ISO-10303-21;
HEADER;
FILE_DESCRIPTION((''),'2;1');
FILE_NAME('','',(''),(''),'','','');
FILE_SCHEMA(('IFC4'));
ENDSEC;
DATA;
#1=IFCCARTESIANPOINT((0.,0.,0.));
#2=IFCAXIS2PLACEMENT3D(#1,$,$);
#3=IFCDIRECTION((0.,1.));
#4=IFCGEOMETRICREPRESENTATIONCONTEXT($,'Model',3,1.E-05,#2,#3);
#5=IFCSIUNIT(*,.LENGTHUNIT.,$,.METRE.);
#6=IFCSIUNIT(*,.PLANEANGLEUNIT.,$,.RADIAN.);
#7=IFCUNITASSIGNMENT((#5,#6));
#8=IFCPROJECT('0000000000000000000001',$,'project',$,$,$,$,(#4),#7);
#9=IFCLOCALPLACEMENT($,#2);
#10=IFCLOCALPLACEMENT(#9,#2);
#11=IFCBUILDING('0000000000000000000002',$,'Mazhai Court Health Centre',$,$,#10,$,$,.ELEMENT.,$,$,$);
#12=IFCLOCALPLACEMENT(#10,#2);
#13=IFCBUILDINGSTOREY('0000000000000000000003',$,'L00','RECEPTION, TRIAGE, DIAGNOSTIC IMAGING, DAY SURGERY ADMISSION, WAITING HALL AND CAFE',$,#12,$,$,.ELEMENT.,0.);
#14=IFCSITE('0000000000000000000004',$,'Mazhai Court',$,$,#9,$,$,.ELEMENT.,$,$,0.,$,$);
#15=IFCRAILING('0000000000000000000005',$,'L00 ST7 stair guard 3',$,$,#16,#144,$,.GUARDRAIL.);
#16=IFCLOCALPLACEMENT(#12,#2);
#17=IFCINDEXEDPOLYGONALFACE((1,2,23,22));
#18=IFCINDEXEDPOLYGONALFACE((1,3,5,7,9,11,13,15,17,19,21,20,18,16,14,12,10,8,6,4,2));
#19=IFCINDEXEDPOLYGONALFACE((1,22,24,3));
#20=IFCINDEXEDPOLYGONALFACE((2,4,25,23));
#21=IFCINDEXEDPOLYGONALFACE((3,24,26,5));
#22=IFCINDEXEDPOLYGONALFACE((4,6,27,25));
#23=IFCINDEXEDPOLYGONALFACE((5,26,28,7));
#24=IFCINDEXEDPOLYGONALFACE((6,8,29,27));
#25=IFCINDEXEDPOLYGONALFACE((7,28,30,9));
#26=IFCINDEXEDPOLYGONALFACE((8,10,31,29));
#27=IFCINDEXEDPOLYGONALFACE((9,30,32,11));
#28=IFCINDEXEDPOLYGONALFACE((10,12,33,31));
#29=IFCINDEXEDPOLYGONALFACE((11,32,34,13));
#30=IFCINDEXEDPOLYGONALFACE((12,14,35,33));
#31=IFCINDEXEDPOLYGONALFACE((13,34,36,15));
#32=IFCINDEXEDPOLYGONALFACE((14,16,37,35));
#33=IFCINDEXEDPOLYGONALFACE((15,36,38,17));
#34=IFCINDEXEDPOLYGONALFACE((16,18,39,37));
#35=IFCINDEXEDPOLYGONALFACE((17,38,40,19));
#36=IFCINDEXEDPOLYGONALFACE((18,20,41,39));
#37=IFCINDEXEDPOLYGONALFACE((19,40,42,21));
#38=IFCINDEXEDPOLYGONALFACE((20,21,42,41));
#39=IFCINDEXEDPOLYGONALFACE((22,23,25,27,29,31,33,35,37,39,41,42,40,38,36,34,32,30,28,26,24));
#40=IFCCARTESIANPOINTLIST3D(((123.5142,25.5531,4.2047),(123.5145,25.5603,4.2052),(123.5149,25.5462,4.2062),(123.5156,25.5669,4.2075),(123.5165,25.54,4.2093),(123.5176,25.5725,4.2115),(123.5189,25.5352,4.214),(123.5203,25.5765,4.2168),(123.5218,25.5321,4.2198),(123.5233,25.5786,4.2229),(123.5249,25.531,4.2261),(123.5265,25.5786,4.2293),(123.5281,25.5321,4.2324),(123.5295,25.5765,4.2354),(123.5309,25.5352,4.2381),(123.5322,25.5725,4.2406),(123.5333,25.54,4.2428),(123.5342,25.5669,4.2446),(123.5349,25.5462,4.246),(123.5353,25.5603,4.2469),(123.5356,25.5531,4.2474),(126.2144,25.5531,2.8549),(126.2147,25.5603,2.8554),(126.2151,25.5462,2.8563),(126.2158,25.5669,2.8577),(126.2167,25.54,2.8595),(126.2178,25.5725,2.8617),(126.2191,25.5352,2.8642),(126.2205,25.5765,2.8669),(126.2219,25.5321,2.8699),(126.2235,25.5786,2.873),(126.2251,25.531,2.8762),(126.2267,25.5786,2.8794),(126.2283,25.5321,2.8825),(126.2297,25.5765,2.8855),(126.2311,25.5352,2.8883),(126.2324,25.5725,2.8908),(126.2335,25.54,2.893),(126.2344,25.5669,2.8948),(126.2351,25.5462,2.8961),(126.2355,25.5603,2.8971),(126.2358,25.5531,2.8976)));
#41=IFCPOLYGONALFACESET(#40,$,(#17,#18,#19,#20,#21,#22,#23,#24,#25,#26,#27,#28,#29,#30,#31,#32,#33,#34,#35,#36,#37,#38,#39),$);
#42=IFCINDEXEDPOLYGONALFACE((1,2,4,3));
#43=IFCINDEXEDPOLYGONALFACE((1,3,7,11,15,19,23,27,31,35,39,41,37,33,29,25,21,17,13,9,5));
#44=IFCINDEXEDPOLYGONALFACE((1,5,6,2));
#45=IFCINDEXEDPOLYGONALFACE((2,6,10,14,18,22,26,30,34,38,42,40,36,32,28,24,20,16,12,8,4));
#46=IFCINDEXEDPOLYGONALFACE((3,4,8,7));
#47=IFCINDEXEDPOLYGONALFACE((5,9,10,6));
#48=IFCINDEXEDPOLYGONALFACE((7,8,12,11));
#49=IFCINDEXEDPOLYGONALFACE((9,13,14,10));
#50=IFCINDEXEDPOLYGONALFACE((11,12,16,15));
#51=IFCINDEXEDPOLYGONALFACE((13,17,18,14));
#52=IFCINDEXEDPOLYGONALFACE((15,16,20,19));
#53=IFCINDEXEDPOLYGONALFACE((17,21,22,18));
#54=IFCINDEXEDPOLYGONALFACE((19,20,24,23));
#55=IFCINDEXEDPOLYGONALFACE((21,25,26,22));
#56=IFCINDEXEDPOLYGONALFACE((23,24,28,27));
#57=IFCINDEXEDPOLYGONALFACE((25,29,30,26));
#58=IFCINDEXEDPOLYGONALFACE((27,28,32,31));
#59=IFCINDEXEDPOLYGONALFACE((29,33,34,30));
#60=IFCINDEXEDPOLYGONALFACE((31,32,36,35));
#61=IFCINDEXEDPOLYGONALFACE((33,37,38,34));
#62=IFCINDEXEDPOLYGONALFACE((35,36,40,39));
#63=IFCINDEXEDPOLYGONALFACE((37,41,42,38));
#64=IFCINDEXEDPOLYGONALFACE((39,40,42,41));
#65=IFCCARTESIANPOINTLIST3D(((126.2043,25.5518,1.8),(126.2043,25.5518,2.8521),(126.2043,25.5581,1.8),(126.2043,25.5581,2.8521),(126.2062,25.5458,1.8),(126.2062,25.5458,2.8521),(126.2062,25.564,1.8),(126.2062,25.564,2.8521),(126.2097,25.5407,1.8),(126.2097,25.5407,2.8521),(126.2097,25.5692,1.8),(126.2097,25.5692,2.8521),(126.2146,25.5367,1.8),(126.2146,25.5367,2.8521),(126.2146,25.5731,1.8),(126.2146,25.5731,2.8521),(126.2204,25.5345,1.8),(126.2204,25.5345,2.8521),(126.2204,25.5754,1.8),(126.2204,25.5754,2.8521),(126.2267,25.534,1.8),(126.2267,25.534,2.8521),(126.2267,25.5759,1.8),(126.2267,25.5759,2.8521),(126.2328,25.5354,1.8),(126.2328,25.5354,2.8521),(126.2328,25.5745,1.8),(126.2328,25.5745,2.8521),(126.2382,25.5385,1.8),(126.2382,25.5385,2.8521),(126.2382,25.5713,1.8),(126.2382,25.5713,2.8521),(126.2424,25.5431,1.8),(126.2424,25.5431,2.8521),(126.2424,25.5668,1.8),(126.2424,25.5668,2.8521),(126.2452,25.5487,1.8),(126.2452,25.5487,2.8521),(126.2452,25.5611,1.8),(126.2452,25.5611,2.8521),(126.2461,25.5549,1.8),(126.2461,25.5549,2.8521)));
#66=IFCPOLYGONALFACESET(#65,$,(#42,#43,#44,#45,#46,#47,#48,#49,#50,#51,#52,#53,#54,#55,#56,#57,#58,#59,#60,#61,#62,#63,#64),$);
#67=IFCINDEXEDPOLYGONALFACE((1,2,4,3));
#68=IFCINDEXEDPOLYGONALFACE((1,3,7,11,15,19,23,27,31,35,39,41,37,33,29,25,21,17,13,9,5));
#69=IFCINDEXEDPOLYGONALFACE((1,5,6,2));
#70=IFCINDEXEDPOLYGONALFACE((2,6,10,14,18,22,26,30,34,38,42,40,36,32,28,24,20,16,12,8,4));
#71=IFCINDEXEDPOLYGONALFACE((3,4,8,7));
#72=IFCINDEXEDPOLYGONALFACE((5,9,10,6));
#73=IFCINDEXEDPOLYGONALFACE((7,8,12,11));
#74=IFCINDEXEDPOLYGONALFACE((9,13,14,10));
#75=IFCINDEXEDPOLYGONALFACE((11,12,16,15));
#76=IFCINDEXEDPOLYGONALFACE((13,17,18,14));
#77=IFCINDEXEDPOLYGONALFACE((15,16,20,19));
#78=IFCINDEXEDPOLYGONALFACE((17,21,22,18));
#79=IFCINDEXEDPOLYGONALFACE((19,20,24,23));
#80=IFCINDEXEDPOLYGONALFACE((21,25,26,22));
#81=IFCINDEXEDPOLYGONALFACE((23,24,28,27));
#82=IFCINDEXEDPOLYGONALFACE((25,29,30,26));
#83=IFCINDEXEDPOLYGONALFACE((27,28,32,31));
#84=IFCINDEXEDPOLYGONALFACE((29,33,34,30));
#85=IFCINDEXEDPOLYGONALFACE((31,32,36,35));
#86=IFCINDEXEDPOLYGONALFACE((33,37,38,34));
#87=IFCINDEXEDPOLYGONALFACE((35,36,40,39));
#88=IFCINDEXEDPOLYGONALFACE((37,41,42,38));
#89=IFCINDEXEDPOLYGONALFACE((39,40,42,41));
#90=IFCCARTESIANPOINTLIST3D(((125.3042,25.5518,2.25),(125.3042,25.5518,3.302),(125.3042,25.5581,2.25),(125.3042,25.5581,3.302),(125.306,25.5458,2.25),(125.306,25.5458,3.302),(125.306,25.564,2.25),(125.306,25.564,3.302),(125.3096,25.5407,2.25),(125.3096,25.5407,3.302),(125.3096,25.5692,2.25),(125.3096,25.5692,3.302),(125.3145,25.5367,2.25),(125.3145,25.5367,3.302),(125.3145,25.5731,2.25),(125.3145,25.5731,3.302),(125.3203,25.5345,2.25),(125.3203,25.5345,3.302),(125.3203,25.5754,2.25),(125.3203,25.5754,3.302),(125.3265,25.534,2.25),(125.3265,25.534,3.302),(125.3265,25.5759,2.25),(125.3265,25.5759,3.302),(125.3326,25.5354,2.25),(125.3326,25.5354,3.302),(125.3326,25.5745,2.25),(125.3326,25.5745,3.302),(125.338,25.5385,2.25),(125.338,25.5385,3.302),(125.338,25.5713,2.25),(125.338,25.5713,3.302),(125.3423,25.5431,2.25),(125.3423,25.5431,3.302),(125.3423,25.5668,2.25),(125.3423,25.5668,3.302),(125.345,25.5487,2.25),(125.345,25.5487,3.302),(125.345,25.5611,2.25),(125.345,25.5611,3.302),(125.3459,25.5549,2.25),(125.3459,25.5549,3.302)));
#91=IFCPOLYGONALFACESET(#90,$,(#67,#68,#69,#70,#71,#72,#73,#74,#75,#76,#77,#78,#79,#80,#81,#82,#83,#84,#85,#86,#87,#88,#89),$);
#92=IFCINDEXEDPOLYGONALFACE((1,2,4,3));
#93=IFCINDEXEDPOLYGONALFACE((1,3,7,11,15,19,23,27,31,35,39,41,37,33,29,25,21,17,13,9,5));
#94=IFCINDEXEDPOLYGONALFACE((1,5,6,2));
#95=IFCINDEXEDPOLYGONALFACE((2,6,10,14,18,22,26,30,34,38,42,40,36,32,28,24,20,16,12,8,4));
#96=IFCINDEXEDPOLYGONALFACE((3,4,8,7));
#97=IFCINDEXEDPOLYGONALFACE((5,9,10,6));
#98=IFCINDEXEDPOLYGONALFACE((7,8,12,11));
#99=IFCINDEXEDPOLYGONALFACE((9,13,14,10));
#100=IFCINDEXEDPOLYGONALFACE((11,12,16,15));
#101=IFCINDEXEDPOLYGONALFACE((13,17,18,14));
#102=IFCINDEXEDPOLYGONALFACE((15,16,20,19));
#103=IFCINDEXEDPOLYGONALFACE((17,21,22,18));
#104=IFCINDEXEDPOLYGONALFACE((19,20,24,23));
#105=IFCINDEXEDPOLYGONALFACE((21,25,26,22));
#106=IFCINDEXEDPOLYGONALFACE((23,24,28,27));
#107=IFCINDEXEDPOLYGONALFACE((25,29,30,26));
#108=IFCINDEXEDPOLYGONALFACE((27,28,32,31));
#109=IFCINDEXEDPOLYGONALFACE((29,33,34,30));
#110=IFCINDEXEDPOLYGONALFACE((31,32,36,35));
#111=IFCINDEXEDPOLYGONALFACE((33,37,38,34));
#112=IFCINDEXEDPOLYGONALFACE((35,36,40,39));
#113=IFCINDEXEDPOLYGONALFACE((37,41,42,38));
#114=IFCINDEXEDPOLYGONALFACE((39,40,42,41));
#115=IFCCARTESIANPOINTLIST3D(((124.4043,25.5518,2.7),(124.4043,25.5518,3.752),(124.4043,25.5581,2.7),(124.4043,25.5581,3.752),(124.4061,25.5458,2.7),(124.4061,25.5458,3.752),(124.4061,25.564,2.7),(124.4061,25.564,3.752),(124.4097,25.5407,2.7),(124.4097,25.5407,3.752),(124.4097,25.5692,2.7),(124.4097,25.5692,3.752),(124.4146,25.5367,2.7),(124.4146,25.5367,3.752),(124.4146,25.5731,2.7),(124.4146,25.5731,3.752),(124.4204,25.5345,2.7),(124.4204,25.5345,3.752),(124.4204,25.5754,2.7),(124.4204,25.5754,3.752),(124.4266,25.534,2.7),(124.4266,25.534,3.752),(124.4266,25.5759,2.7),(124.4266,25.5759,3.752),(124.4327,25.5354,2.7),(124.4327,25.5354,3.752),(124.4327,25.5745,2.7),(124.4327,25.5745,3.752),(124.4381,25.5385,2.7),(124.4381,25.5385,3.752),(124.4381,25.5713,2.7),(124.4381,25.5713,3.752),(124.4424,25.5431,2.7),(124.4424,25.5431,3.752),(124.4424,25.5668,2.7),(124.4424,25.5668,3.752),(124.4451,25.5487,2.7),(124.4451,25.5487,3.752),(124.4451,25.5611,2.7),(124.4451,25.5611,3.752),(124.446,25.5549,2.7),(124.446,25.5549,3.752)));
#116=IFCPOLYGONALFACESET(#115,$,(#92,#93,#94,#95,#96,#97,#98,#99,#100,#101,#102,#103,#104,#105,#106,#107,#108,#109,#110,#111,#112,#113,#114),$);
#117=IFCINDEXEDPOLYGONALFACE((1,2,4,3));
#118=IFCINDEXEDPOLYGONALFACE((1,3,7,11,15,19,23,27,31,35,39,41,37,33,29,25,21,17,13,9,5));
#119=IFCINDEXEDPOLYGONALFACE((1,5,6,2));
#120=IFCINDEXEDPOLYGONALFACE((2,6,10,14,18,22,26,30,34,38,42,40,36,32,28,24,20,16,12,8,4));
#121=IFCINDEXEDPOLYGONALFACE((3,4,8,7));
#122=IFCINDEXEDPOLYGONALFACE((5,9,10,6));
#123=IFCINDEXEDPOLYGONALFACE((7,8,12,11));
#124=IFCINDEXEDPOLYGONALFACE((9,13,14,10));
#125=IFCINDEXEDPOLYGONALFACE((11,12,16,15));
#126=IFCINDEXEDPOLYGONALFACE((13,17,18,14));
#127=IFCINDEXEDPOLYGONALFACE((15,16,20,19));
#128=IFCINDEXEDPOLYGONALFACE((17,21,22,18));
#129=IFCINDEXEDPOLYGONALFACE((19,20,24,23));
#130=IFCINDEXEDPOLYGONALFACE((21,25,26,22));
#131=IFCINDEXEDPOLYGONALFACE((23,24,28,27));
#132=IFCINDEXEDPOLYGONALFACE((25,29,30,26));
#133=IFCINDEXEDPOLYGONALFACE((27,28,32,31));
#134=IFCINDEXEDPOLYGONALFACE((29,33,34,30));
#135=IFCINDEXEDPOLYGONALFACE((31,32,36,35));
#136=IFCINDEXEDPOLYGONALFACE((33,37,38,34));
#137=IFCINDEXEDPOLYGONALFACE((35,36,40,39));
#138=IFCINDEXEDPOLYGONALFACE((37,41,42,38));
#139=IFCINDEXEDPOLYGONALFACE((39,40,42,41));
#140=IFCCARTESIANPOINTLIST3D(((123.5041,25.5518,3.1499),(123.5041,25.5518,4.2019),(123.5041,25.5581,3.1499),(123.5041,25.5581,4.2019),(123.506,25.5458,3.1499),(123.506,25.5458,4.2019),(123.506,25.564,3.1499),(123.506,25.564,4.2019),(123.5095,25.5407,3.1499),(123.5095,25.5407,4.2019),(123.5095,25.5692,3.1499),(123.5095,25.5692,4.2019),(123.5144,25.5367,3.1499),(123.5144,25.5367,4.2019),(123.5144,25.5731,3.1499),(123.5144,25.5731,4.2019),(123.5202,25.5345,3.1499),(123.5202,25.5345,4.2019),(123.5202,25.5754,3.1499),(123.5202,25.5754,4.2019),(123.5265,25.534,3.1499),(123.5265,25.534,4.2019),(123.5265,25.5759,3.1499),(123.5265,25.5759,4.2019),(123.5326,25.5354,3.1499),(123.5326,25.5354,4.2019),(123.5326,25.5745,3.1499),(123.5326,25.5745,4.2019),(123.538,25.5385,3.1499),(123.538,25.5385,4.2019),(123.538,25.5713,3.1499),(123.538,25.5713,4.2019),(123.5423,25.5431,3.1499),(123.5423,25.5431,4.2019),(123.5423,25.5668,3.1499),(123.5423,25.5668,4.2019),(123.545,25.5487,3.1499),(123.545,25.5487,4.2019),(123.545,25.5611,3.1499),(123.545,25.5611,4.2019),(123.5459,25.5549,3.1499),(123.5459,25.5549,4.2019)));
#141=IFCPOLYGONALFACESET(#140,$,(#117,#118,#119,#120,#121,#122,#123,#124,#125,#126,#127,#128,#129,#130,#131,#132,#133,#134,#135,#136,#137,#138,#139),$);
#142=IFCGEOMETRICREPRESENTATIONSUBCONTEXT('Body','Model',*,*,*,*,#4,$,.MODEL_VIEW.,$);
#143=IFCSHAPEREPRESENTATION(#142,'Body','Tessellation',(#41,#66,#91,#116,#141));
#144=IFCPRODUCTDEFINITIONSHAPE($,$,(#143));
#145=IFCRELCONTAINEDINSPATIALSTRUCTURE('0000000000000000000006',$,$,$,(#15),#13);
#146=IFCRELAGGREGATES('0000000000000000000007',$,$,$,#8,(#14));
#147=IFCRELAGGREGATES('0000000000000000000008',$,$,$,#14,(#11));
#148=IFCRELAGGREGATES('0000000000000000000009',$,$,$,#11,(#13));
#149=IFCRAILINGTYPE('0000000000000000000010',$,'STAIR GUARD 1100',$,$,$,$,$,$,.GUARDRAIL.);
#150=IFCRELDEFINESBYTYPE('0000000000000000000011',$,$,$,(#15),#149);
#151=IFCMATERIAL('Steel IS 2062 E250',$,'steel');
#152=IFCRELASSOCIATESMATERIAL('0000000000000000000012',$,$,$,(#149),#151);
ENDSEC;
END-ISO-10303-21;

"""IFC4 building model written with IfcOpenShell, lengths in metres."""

from ifc_helpers import new_model, si_unit, direction, frame, origin, origin_2d, place, context, subcontext, project, spatial, circle, extrude, material, type_object, element, save


model = new_model("IFC4")

# Units and contexts
model_context = context("Model", 3, precision=1e-05, world=origin(), true_north=direction((0.0, 1.0)))
body_context = subcontext(model_context, "Body", "Model", "MODEL_VIEW")
ifc_project = project(units=[si_unit("LENGTHUNIT", "METRE"), si_unit("PLANEANGLEUNIT", "RADIAN")], contexts=[model_context])

# Site, building, storey
site_placement = place(None, origin())
site = spatial("IfcSite", under=ifc_project, at=site_placement, Name="Mazhai Court", CompositionType="ELEMENT", RefElevation=0.0)
building_placement = place(site_placement, origin())
building = spatial("IfcBuilding", under=site, at=building_placement, Name="Mazhai Court Health Centre", CompositionType="ELEMENT")
storey_placement = place(building_placement, origin())
storey = spatial("IfcBuildingStorey", under=building, at=storey_placement, Name="L00", Description="RECEPTION, TRIAGE, DIAGNOSTIC IMAGING, DAY SURGERY ADMISSION, WAITING HALL AND CAFE", CompositionType="ELEMENT", Elevation=0.0)

# Railing
ifc_material_1 = material(Name="Steel IS 2062 E250", Category="steel")
railing_type_1 = type_object("IfcRailingType", Name="STAIR GUARD 1100", PredefinedType="GUARDRAIL", material=ifc_material_1)
railing_1_placement = place(storey_placement, frame((126.2251, 25.5549, 1.8)))
element("IfcRailing", 1, at=railing_1_placement, inside=storey, type_object=railing_type_1, Name="L00 ST7 stair guard 3", PredefinedType="GUARDRAIL", context=body_context, shape_type="SweptSolid", body=[
    extrude(circle(Radius=0.0239, at=origin_2d()), frame((0.0, 0.0, 1.0762), z_axis=(-0.89446, 0.0, 0.447149), x_axis=(0.0, -1.0, 0.0)), (0.0, 0.0, 1.0), 3.0188),
    extrude(circle(Radius=0.021, at=origin_2d()), origin(), (0.0, 0.0, 1.0), 1.052),
    extrude(circle(Radius=0.021, at=origin_2d()), frame((-0.9001, 0.0, 0.45)), (0.0, 0.0, 1.0), 1.052),
    extrude(circle(Radius=0.021, at=origin_2d()), frame((-1.8, 0.0, 0.8999)), (0.0, 0.0, 1.0), 1.052),
    extrude(circle(Radius=0.021, at=origin_2d()), frame((-2.7002, 0.0, 1.3499)), (0.0, 0.0, 1.0), 1.052),
])

save(model, "model.ifc")
